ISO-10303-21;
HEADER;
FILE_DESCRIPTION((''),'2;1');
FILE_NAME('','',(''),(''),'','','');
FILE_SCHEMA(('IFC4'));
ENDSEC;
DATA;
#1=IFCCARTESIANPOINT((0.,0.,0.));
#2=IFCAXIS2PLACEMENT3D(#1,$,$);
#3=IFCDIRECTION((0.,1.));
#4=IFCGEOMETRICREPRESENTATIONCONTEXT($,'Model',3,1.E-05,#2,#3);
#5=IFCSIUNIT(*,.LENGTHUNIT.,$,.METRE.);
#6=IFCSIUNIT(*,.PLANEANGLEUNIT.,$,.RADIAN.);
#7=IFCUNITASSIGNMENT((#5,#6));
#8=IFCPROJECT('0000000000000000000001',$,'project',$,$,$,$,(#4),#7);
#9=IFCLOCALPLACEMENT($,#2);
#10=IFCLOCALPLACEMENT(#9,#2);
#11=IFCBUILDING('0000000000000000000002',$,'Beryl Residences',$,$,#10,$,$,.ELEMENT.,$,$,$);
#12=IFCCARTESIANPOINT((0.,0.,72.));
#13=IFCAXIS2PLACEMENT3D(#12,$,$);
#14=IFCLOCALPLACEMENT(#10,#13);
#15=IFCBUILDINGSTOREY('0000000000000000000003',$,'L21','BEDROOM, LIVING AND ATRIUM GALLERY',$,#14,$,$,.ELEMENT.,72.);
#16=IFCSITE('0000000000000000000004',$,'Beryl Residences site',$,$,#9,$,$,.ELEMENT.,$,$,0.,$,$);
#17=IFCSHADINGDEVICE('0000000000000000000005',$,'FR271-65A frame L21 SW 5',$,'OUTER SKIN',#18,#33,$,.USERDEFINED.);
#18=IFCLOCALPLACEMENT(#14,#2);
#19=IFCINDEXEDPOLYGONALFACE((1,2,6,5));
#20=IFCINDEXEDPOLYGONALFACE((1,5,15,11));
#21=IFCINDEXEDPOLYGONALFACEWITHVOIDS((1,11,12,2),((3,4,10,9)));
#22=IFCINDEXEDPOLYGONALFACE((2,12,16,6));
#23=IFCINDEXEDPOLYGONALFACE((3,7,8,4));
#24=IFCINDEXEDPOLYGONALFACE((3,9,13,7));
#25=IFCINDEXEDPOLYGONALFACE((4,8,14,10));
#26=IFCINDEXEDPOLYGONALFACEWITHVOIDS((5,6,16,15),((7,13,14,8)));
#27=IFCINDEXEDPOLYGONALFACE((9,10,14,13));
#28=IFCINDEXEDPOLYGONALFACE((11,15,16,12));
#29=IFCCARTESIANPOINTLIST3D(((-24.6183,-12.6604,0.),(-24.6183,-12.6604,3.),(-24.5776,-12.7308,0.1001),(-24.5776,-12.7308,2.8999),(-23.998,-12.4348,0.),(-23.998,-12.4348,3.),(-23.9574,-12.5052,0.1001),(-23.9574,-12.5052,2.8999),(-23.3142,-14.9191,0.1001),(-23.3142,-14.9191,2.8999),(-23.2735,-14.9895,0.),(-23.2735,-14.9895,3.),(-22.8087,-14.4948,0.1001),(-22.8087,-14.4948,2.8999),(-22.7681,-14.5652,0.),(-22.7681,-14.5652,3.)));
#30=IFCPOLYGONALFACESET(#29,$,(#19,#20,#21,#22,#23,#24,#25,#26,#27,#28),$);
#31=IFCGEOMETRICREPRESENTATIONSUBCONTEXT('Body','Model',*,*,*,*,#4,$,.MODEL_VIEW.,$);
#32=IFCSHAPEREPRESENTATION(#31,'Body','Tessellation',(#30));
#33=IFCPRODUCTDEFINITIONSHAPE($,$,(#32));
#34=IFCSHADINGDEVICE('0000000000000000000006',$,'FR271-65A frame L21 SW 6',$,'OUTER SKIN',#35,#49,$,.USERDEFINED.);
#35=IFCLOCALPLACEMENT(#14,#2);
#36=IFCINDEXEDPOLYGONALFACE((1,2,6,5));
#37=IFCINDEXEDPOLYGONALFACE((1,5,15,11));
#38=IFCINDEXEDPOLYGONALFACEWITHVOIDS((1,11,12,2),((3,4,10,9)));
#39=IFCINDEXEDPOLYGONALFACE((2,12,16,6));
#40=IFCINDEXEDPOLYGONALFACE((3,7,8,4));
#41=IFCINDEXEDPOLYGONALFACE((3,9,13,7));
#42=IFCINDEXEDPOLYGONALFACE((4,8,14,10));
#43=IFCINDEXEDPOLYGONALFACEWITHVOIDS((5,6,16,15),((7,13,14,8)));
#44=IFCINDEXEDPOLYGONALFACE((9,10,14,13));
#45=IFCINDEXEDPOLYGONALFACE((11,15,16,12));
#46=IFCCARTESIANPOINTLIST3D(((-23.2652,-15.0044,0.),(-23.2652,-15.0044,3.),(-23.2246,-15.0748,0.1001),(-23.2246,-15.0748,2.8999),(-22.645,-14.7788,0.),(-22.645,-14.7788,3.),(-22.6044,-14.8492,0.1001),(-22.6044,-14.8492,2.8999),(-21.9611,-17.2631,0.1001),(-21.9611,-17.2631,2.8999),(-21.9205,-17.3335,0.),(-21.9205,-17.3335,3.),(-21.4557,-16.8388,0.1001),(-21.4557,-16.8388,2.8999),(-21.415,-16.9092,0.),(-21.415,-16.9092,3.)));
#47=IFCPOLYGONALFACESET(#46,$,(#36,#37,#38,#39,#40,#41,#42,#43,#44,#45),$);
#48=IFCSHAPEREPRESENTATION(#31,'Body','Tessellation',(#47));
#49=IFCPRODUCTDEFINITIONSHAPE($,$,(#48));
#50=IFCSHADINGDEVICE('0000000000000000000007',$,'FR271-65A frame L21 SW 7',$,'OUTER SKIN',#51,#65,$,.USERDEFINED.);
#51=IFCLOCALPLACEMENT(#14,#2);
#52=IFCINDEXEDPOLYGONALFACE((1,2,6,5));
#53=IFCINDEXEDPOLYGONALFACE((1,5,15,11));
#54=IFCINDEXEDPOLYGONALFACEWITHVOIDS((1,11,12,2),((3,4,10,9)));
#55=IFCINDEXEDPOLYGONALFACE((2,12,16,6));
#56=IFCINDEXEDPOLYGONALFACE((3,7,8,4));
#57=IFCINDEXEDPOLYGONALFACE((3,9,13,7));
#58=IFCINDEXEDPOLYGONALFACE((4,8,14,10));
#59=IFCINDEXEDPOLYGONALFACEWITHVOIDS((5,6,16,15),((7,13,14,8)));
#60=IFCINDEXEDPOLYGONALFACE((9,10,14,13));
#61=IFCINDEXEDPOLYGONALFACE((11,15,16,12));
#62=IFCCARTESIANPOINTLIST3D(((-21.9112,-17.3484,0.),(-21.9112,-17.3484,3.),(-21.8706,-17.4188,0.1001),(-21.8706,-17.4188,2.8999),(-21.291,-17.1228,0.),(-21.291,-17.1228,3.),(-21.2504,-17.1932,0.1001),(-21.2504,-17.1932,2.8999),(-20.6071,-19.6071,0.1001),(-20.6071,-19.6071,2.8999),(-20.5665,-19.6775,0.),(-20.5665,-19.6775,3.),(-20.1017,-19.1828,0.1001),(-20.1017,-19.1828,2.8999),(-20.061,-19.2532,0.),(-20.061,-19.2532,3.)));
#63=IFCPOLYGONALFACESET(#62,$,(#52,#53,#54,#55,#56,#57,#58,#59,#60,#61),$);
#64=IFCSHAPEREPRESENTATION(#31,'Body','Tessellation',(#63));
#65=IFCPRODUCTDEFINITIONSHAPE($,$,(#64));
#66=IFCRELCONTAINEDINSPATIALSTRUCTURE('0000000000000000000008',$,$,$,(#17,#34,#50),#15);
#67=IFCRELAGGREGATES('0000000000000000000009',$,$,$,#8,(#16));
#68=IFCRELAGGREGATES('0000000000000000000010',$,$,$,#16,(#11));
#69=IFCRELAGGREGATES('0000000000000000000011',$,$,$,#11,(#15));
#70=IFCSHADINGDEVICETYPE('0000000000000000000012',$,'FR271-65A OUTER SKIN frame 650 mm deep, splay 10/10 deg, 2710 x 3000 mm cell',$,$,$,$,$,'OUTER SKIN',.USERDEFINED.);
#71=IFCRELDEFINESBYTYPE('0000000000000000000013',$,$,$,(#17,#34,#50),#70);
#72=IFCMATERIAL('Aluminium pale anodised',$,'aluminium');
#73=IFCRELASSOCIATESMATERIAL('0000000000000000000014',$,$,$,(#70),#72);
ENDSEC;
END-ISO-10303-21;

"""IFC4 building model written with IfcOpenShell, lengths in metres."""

from ifc_helpers import new_model, entity, si_unit, direction, frame, origin, place, context, subcontext, project, spatial, source, transform, mapped, material, type_object, type_shapes, element, save


model = new_model("IFC4")

# Units and contexts
model_context = context("Model", 3, precision=1e-05, world=origin(), true_north=direction((0.0, 1.0)))
body_context = subcontext(model_context, "Body", "Model", "MODEL_VIEW")
ifc_project = project(units=[si_unit("LENGTHUNIT", "METRE"), si_unit("PLANEANGLEUNIT", "RADIAN")], contexts=[model_context])

# Site, building, storey
site_placement = place(None, origin())
site = spatial("IfcSite", under=ifc_project, at=site_placement, Name="Beryl Residences site", CompositionType="ELEMENT", RefElevation=0.0)
building_placement = place(site_placement, origin())
building = spatial("IfcBuilding", under=site, at=building_placement, Name="Beryl Residences", CompositionType="ELEMENT")
storey_placement = place(building_placement, frame((0.0, 0.0, 72.0)))
storey = spatial("IfcBuildingStorey", under=building, at=storey_placement, Name="L21", Description="BEDROOM, LIVING AND ATRIUM GALLERY", CompositionType="ELEMENT", Elevation=72.0)

# Shading devices
ifc_material_1 = material(Name="Aluminium pale anodised", Category="aluminium")
shading_device_type = type_object("IfcShadingDeviceType", Name="FR271-65A OUTER SKIN frame 650 mm deep, splay 10/10 deg, 2710 x 3000 mm cell", ElementType="OUTER SKIN", PredefinedType="USERDEFINED", material=ifc_material_1)
cartesian_point_1 = entity("IfcCartesianPoint", [-1.23, 0.0])
cartesian_point_2 = entity("IfcCartesianPoint", [-1.1487, 0.1001])
cartesian_point_3 = entity("IfcCartesianPoint", [-1.3447, 0.0])
cartesian_point_4 = entity("IfcCartesianPoint", [-1.2634, 0.1001])
shared_shape = source(origin(), body_context, "Body", "SweptSolid", [
    entity("IfcExtrudedAreaSolidTapered", entity("IfcArbitraryProfileDefWithVoids", "AREA", None, entity("IfcPolyline", [cartesian_point_1, entity("IfcCartesianPoint", [1.23, 0.0]), entity("IfcCartesianPoint", [1.23, 3.0]), entity("IfcCartesianPoint", [-1.23, 3.0]), cartesian_point_1]), [entity("IfcPolyline", [cartesian_point_2, entity("IfcCartesianPoint", [1.1487, 0.1001]), entity("IfcCartesianPoint", [1.1487, 2.8999]), entity("IfcCartesianPoint", [-1.1487, 2.8999]), cartesian_point_2])]), entity("IfcAxis2Placement3D", entity("IfcCartesianPoint", [0.0, 0.0, 0.0]), entity("IfcDirection", [0.0, 1.0, 0.0]), entity("IfcDirection", [-1.0, 0.0, 0.0])), entity("IfcDirection", [0.0, 0.0, 1.0]), 0.6499, entity("IfcArbitraryProfileDefWithVoids", "AREA", None, entity("IfcPolyline", [cartesian_point_3, entity("IfcCartesianPoint", [1.3447, 0.0]), entity("IfcCartesianPoint", [1.3447, 3.0]), entity("IfcCartesianPoint", [-1.3447, 3.0]), cartesian_point_3]), [entity("IfcPolyline", [cartesian_point_4, entity("IfcCartesianPoint", [1.2634, 0.1001]), entity("IfcCartesianPoint", [1.2634, 2.8999]), entity("IfcCartesianPoint", [-1.2634, 2.8999]), cartesian_point_4])])),
])
type_shapes(shading_device_type, [shared_shape])
for number, where, z_axis, x_axis, name in (
    (1, (-23.3831, -13.5, 0.0), (0.0, 0.0, 1.0), (-0.5, 0.866025, 0.0), "FR271-65A frame L21 SW 5"),
    (2, (-22.03, -15.844, 0.0), (0.0, 0.0, 1.0), (-0.5, 0.866025, 0.0), "FR271-65A frame L21 SW 6"),
    (3, (-20.676, -18.188, 0.0), (0.0, 0.0, 1.0), (-0.5, 0.866025, 0.0), "FR271-65A frame L21 SW 7"),
):
    element("IfcShadingDevice", number, at=place(storey_placement, frame(where, z_axis=z_axis, x_axis=x_axis)), inside=storey, type_object=shading_device_type, Name=name, ObjectType="OUTER SKIN", PredefinedType="USERDEFINED", context=body_context, shape_type="MappedRepresentation", body=[
        mapped(shared_shape, transform((0.0, 0.0, 0.0))),
    ])

save(model, "model.ifc")
